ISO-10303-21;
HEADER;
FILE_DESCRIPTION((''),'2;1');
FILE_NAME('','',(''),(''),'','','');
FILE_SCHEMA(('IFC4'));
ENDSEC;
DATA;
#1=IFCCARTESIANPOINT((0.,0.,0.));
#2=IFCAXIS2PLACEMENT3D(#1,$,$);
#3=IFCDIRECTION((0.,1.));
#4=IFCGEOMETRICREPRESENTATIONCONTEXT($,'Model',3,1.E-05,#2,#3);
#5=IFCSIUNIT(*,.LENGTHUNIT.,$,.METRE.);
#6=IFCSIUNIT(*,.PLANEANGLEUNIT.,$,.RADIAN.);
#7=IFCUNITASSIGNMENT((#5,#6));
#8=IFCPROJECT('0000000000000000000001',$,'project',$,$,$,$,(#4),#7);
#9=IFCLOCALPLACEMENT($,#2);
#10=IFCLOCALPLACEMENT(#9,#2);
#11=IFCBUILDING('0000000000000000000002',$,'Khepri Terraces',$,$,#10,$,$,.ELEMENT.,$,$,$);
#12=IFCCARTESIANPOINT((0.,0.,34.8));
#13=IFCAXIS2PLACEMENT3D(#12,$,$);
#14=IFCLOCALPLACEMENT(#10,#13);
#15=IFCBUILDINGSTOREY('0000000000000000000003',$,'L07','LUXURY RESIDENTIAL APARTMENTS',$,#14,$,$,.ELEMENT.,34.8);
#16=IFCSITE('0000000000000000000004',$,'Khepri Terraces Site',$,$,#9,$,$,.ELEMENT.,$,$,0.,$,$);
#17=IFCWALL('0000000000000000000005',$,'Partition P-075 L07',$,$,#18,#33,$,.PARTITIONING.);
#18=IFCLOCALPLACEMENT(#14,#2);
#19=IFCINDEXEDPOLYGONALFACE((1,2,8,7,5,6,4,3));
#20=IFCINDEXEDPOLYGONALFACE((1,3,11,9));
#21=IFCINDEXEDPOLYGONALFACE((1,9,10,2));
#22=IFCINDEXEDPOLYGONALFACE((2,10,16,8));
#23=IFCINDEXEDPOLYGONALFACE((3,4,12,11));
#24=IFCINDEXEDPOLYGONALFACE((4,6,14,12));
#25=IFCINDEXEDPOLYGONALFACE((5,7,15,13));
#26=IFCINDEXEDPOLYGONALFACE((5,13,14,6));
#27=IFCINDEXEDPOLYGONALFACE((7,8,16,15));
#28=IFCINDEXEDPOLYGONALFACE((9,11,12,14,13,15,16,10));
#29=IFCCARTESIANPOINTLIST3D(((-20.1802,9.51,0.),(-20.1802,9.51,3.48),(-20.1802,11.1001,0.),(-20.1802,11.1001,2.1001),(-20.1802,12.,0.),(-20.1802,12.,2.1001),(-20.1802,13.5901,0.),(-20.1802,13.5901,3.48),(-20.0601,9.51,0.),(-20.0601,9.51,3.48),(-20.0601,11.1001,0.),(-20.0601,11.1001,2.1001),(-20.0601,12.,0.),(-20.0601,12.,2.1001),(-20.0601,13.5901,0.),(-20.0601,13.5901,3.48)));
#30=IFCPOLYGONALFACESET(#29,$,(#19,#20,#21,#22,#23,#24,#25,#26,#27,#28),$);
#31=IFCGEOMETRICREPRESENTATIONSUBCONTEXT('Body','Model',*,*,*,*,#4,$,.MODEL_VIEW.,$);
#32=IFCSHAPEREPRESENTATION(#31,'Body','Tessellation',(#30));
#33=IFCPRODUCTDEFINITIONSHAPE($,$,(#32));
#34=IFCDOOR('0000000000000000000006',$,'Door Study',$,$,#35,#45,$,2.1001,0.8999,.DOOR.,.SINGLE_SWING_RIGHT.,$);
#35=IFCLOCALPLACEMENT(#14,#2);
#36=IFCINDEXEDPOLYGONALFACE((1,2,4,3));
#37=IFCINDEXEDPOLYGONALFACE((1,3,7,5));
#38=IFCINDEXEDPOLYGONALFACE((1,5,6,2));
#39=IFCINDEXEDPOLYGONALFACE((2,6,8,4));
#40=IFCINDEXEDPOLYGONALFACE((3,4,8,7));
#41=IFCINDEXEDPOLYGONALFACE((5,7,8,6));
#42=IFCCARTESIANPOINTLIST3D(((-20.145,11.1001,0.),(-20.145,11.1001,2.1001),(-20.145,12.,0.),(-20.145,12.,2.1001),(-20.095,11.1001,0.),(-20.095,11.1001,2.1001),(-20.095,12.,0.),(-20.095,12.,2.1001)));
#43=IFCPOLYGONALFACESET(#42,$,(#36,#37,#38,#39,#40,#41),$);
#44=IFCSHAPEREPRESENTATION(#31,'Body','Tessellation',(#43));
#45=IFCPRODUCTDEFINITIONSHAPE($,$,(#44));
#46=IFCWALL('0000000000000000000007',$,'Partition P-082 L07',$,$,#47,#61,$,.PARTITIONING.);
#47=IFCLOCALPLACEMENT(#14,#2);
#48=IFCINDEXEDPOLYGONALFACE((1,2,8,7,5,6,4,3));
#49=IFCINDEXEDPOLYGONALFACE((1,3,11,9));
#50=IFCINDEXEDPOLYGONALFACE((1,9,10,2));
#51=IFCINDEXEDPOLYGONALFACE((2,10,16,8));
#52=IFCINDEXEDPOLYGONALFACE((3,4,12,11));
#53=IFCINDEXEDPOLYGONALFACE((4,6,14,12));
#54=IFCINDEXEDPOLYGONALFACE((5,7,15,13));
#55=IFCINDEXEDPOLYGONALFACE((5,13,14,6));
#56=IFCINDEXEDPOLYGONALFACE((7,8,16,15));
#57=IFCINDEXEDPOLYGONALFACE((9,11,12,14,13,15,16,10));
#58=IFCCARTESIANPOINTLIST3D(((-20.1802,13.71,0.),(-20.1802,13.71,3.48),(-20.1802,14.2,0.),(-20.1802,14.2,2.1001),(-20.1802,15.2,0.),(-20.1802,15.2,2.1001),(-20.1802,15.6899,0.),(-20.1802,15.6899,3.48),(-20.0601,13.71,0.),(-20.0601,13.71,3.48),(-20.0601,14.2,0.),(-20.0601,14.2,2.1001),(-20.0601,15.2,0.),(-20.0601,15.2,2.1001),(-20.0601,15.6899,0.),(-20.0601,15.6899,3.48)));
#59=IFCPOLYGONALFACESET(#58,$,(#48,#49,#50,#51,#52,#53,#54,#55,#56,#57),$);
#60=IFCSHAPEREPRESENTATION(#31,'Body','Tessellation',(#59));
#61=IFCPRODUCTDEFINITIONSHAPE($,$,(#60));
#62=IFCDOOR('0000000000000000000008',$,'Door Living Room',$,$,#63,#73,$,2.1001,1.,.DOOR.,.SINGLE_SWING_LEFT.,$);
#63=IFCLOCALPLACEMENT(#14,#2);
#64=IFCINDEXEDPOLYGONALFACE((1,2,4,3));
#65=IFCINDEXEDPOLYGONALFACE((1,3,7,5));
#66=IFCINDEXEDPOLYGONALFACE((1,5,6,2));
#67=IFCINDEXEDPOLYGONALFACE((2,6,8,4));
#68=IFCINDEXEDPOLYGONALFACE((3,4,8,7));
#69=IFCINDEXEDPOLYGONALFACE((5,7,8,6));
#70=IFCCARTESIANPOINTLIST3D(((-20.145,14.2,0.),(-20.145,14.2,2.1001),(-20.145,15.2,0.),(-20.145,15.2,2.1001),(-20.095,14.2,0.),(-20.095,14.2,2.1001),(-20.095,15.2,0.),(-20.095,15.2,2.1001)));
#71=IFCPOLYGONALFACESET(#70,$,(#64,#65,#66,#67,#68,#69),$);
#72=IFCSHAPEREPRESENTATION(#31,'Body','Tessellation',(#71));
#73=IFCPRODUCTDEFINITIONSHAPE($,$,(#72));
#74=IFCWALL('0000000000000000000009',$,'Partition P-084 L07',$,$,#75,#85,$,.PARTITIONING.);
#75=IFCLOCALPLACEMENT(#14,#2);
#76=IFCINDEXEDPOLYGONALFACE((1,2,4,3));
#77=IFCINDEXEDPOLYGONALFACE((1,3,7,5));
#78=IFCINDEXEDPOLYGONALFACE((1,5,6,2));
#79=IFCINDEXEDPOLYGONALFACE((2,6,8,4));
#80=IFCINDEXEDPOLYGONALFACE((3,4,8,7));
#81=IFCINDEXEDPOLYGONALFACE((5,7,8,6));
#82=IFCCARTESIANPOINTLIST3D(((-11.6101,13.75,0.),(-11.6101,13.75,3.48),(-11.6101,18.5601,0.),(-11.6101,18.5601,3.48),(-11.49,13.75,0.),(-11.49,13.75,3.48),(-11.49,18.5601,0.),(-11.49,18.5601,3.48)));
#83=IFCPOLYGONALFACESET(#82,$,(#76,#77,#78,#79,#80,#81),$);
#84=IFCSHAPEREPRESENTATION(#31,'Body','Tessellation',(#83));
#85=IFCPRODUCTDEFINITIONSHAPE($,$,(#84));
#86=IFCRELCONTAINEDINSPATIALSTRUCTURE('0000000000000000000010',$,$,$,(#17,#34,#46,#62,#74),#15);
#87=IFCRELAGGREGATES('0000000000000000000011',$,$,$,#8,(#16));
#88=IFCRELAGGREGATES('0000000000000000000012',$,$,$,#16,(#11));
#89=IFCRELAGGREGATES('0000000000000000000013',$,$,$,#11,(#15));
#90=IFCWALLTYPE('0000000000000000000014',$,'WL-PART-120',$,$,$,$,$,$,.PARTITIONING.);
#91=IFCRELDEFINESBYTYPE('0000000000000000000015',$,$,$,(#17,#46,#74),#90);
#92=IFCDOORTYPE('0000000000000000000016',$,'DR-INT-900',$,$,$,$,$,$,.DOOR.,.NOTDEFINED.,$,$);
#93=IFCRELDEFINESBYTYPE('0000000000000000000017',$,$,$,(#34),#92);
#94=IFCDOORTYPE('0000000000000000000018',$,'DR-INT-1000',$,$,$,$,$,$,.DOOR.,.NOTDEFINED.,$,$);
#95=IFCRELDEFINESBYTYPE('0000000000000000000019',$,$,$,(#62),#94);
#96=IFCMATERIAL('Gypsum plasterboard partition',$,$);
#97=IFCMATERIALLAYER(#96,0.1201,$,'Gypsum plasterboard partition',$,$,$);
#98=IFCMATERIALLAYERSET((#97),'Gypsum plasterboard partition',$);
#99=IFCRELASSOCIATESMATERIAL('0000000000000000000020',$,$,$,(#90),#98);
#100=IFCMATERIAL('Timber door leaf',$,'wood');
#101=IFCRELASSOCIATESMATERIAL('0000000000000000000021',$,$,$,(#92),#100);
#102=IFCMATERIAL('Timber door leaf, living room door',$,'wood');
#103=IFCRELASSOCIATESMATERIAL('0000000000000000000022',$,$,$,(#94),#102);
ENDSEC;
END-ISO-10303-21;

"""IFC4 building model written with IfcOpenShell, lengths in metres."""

from ifc_helpers import new_model, si_unit, direction, frame, frame_2d, origin, place, context, subcontext, project, spatial, rectangle, extrude, material, layer, layer_set, type_object, element, fill, save


model = new_model("IFC4")

# Units and contexts
model_context = context("Model", 3, precision=1e-05, world=origin(), true_north=direction((0.0, 1.0)))
body_context = subcontext(model_context, "Body", "Model", "MODEL_VIEW")
ifc_project = project(units=[si_unit("LENGTHUNIT", "METRE"), si_unit("PLANEANGLEUNIT", "RADIAN")], contexts=[model_context])

# Site, building, storey
site_placement = place(None, origin())
site = spatial("IfcSite", under=ifc_project, at=site_placement, Name="Khepri Terraces Site", CompositionType="ELEMENT", RefElevation=0.0)
building_placement = place(site_placement, origin())
building = spatial("IfcBuilding", under=site, at=building_placement, Name="Khepri Terraces", CompositionType="ELEMENT")
storey_placement = place(building_placement, frame((0.0, 0.0, 34.8)))
storey = spatial("IfcBuildingStorey", under=building, at=storey_placement, Name="L07", Description="LUXURY RESIDENTIAL APARTMENTS", CompositionType="ELEMENT", Elevation=34.8)

# Shared definitions
ifc_material_1 = material(Name="Gypsum plasterboard partition")
ifc_layer_1 = layer(ifc_material_1, 0.1201, Name="Gypsum plasterboard partition")
ifc_layer_set_1 = layer_set([ifc_layer_1], Name="Gypsum plasterboard partition")
wall_type_1 = type_object("IfcWallType", Name="WL-PART-120", PredefinedType="PARTITIONING", material=ifc_layer_set_1)

# Shared definitions
ifc_material_2 = material(Name="Timber door leaf", Category="wood")
door_type_1 = type_object("IfcDoorType", Name="DR-INT-900", OperationType="NOTDEFINED", PredefinedType="DOOR", material=ifc_material_2)

# Walls, openings, doors
wall_1_placement = place(storey_placement, frame((-20.1201, 9.51, 0.0), z_axis=(0.0, 0.0, 1.0), x_axis=(0.0, 1.0, 0.0)))
wall_1 = element("IfcWall", 1, at=wall_1_placement, inside=storey, type_object=wall_type_1, Name="Partition P-075 L07", PredefinedType="PARTITIONING", context=body_context, shape_type="SweptSolid", body=[
    extrude(rectangle(XDim=4.0801, YDim=0.1201, at=frame_2d((2.04, 0.0))), origin(), (0.0, 0.0, 1.0), 3.48),
])
opening_1_placement = place(wall_1_placement, frame((1.5901, 0.0, 0.0)))
opening_1 = element("IfcOpeningElement", 2, at=opening_1_placement, cuts=wall_1, PredefinedType="OPENING", context=body_context, shape_type="SweptSolid", body=[
    extrude(rectangle(XDim=0.8999, YDim=2.1001, at=frame_2d((0.45, 1.05))), frame((0.0, 0.0701, 0.0), z_axis=(0.0, -1.0, 0.0), x_axis=(1.0, 0.0, 0.0)), (0.0, 0.0, 1.0), 0.1401),
])
door_1_placement = place(opening_1_placement, origin())
door_1 = element("IfcDoor", 3, at=door_1_placement, inside=storey, type_object=door_type_1, Name="Door Study", OperationType="SINGLE_SWING_RIGHT", OverallHeight=2.1001, OverallWidth=0.8999, PredefinedType="DOOR", context=body_context, shape_type="SweptSolid", body=[
    extrude(rectangle(XDim=0.8999, YDim=2.1001, at=frame_2d((0.45, 1.05))), frame((0.0, 0.0249, 0.0), z_axis=(0.0, -1.0, 0.0), x_axis=(1.0, 0.0, 0.0)), (0.0, 0.0, 1.0), 0.05),
])
fill(opening_1, door_1)
wall_2_placement = place(storey_placement, frame((-20.1201, 13.71, 0.0), z_axis=(0.0, 0.0, 1.0), x_axis=(0.0, 1.0, 0.0)))
wall_2 = element("IfcWall", 4, at=wall_2_placement, inside=storey, type_object=wall_type_1, Name="Partition P-082 L07", PredefinedType="PARTITIONING", context=body_context, shape_type="SweptSolid", body=[
    extrude(rectangle(XDim=1.98, YDim=0.1201, at=frame_2d((0.99, 0.0))), origin(), (0.0, 0.0, 1.0), 3.48),
])
opening_2_placement = place(wall_2_placement, frame((0.49, 0.0, 0.0)))
opening_2 = element("IfcOpeningElement", 5, at=opening_2_placement, cuts=wall_2, PredefinedType="OPENING", context=body_context, shape_type="SweptSolid", body=[
    extrude(rectangle(XDim=1.0, YDim=2.1001, at=frame_2d((0.5, 1.05))), frame((0.0, 0.0701, 0.0), z_axis=(0.0, -1.0, 0.0), x_axis=(1.0, 0.0, 0.0)), (0.0, 0.0, 1.0), 0.1401),
])
ifc_material_3 = material(Name="Timber door leaf, living room door", Category="wood")
door_type_2 = type_object("IfcDoorType", Name="DR-INT-1000", OperationType="NOTDEFINED", PredefinedType="DOOR", material=ifc_material_3)
door_2_placement = place(opening_2_placement, origin())
door_2 = element("IfcDoor", 6, at=door_2_placement, inside=storey, type_object=door_type_2, Name="Door Living Room", OperationType="SINGLE_SWING_LEFT", OverallHeight=2.1001, OverallWidth=1.0, PredefinedType="DOOR", context=body_context, shape_type="SweptSolid", body=[
    extrude(rectangle(XDim=1.0, YDim=2.1001, at=frame_2d((0.5, 1.05))), frame((0.0, 0.0249, 0.0), z_axis=(0.0, -1.0, 0.0), x_axis=(1.0, 0.0, 0.0)), (0.0, 0.0, 1.0), 0.05),
])
fill(opening_2, door_2)

# Wall
wall_3_placement = place(storey_placement, frame((-11.55, 13.75, 0.0), z_axis=(0.0, 0.0, 1.0), x_axis=(0.0, 1.0, 0.0)))
element("IfcWall", 7, at=wall_3_placement, inside=storey, type_object=wall_type_1, Name="Partition P-084 L07", PredefinedType="PARTITIONING", context=body_context, shape_type="SweptSolid", body=[
    extrude(rectangle(XDim=4.8101, YDim=0.1201, at=frame_2d((2.405, 0.0))), origin(), (0.0, 0.0, 1.0), 3.48),
])

save(model, "model.ifc")
